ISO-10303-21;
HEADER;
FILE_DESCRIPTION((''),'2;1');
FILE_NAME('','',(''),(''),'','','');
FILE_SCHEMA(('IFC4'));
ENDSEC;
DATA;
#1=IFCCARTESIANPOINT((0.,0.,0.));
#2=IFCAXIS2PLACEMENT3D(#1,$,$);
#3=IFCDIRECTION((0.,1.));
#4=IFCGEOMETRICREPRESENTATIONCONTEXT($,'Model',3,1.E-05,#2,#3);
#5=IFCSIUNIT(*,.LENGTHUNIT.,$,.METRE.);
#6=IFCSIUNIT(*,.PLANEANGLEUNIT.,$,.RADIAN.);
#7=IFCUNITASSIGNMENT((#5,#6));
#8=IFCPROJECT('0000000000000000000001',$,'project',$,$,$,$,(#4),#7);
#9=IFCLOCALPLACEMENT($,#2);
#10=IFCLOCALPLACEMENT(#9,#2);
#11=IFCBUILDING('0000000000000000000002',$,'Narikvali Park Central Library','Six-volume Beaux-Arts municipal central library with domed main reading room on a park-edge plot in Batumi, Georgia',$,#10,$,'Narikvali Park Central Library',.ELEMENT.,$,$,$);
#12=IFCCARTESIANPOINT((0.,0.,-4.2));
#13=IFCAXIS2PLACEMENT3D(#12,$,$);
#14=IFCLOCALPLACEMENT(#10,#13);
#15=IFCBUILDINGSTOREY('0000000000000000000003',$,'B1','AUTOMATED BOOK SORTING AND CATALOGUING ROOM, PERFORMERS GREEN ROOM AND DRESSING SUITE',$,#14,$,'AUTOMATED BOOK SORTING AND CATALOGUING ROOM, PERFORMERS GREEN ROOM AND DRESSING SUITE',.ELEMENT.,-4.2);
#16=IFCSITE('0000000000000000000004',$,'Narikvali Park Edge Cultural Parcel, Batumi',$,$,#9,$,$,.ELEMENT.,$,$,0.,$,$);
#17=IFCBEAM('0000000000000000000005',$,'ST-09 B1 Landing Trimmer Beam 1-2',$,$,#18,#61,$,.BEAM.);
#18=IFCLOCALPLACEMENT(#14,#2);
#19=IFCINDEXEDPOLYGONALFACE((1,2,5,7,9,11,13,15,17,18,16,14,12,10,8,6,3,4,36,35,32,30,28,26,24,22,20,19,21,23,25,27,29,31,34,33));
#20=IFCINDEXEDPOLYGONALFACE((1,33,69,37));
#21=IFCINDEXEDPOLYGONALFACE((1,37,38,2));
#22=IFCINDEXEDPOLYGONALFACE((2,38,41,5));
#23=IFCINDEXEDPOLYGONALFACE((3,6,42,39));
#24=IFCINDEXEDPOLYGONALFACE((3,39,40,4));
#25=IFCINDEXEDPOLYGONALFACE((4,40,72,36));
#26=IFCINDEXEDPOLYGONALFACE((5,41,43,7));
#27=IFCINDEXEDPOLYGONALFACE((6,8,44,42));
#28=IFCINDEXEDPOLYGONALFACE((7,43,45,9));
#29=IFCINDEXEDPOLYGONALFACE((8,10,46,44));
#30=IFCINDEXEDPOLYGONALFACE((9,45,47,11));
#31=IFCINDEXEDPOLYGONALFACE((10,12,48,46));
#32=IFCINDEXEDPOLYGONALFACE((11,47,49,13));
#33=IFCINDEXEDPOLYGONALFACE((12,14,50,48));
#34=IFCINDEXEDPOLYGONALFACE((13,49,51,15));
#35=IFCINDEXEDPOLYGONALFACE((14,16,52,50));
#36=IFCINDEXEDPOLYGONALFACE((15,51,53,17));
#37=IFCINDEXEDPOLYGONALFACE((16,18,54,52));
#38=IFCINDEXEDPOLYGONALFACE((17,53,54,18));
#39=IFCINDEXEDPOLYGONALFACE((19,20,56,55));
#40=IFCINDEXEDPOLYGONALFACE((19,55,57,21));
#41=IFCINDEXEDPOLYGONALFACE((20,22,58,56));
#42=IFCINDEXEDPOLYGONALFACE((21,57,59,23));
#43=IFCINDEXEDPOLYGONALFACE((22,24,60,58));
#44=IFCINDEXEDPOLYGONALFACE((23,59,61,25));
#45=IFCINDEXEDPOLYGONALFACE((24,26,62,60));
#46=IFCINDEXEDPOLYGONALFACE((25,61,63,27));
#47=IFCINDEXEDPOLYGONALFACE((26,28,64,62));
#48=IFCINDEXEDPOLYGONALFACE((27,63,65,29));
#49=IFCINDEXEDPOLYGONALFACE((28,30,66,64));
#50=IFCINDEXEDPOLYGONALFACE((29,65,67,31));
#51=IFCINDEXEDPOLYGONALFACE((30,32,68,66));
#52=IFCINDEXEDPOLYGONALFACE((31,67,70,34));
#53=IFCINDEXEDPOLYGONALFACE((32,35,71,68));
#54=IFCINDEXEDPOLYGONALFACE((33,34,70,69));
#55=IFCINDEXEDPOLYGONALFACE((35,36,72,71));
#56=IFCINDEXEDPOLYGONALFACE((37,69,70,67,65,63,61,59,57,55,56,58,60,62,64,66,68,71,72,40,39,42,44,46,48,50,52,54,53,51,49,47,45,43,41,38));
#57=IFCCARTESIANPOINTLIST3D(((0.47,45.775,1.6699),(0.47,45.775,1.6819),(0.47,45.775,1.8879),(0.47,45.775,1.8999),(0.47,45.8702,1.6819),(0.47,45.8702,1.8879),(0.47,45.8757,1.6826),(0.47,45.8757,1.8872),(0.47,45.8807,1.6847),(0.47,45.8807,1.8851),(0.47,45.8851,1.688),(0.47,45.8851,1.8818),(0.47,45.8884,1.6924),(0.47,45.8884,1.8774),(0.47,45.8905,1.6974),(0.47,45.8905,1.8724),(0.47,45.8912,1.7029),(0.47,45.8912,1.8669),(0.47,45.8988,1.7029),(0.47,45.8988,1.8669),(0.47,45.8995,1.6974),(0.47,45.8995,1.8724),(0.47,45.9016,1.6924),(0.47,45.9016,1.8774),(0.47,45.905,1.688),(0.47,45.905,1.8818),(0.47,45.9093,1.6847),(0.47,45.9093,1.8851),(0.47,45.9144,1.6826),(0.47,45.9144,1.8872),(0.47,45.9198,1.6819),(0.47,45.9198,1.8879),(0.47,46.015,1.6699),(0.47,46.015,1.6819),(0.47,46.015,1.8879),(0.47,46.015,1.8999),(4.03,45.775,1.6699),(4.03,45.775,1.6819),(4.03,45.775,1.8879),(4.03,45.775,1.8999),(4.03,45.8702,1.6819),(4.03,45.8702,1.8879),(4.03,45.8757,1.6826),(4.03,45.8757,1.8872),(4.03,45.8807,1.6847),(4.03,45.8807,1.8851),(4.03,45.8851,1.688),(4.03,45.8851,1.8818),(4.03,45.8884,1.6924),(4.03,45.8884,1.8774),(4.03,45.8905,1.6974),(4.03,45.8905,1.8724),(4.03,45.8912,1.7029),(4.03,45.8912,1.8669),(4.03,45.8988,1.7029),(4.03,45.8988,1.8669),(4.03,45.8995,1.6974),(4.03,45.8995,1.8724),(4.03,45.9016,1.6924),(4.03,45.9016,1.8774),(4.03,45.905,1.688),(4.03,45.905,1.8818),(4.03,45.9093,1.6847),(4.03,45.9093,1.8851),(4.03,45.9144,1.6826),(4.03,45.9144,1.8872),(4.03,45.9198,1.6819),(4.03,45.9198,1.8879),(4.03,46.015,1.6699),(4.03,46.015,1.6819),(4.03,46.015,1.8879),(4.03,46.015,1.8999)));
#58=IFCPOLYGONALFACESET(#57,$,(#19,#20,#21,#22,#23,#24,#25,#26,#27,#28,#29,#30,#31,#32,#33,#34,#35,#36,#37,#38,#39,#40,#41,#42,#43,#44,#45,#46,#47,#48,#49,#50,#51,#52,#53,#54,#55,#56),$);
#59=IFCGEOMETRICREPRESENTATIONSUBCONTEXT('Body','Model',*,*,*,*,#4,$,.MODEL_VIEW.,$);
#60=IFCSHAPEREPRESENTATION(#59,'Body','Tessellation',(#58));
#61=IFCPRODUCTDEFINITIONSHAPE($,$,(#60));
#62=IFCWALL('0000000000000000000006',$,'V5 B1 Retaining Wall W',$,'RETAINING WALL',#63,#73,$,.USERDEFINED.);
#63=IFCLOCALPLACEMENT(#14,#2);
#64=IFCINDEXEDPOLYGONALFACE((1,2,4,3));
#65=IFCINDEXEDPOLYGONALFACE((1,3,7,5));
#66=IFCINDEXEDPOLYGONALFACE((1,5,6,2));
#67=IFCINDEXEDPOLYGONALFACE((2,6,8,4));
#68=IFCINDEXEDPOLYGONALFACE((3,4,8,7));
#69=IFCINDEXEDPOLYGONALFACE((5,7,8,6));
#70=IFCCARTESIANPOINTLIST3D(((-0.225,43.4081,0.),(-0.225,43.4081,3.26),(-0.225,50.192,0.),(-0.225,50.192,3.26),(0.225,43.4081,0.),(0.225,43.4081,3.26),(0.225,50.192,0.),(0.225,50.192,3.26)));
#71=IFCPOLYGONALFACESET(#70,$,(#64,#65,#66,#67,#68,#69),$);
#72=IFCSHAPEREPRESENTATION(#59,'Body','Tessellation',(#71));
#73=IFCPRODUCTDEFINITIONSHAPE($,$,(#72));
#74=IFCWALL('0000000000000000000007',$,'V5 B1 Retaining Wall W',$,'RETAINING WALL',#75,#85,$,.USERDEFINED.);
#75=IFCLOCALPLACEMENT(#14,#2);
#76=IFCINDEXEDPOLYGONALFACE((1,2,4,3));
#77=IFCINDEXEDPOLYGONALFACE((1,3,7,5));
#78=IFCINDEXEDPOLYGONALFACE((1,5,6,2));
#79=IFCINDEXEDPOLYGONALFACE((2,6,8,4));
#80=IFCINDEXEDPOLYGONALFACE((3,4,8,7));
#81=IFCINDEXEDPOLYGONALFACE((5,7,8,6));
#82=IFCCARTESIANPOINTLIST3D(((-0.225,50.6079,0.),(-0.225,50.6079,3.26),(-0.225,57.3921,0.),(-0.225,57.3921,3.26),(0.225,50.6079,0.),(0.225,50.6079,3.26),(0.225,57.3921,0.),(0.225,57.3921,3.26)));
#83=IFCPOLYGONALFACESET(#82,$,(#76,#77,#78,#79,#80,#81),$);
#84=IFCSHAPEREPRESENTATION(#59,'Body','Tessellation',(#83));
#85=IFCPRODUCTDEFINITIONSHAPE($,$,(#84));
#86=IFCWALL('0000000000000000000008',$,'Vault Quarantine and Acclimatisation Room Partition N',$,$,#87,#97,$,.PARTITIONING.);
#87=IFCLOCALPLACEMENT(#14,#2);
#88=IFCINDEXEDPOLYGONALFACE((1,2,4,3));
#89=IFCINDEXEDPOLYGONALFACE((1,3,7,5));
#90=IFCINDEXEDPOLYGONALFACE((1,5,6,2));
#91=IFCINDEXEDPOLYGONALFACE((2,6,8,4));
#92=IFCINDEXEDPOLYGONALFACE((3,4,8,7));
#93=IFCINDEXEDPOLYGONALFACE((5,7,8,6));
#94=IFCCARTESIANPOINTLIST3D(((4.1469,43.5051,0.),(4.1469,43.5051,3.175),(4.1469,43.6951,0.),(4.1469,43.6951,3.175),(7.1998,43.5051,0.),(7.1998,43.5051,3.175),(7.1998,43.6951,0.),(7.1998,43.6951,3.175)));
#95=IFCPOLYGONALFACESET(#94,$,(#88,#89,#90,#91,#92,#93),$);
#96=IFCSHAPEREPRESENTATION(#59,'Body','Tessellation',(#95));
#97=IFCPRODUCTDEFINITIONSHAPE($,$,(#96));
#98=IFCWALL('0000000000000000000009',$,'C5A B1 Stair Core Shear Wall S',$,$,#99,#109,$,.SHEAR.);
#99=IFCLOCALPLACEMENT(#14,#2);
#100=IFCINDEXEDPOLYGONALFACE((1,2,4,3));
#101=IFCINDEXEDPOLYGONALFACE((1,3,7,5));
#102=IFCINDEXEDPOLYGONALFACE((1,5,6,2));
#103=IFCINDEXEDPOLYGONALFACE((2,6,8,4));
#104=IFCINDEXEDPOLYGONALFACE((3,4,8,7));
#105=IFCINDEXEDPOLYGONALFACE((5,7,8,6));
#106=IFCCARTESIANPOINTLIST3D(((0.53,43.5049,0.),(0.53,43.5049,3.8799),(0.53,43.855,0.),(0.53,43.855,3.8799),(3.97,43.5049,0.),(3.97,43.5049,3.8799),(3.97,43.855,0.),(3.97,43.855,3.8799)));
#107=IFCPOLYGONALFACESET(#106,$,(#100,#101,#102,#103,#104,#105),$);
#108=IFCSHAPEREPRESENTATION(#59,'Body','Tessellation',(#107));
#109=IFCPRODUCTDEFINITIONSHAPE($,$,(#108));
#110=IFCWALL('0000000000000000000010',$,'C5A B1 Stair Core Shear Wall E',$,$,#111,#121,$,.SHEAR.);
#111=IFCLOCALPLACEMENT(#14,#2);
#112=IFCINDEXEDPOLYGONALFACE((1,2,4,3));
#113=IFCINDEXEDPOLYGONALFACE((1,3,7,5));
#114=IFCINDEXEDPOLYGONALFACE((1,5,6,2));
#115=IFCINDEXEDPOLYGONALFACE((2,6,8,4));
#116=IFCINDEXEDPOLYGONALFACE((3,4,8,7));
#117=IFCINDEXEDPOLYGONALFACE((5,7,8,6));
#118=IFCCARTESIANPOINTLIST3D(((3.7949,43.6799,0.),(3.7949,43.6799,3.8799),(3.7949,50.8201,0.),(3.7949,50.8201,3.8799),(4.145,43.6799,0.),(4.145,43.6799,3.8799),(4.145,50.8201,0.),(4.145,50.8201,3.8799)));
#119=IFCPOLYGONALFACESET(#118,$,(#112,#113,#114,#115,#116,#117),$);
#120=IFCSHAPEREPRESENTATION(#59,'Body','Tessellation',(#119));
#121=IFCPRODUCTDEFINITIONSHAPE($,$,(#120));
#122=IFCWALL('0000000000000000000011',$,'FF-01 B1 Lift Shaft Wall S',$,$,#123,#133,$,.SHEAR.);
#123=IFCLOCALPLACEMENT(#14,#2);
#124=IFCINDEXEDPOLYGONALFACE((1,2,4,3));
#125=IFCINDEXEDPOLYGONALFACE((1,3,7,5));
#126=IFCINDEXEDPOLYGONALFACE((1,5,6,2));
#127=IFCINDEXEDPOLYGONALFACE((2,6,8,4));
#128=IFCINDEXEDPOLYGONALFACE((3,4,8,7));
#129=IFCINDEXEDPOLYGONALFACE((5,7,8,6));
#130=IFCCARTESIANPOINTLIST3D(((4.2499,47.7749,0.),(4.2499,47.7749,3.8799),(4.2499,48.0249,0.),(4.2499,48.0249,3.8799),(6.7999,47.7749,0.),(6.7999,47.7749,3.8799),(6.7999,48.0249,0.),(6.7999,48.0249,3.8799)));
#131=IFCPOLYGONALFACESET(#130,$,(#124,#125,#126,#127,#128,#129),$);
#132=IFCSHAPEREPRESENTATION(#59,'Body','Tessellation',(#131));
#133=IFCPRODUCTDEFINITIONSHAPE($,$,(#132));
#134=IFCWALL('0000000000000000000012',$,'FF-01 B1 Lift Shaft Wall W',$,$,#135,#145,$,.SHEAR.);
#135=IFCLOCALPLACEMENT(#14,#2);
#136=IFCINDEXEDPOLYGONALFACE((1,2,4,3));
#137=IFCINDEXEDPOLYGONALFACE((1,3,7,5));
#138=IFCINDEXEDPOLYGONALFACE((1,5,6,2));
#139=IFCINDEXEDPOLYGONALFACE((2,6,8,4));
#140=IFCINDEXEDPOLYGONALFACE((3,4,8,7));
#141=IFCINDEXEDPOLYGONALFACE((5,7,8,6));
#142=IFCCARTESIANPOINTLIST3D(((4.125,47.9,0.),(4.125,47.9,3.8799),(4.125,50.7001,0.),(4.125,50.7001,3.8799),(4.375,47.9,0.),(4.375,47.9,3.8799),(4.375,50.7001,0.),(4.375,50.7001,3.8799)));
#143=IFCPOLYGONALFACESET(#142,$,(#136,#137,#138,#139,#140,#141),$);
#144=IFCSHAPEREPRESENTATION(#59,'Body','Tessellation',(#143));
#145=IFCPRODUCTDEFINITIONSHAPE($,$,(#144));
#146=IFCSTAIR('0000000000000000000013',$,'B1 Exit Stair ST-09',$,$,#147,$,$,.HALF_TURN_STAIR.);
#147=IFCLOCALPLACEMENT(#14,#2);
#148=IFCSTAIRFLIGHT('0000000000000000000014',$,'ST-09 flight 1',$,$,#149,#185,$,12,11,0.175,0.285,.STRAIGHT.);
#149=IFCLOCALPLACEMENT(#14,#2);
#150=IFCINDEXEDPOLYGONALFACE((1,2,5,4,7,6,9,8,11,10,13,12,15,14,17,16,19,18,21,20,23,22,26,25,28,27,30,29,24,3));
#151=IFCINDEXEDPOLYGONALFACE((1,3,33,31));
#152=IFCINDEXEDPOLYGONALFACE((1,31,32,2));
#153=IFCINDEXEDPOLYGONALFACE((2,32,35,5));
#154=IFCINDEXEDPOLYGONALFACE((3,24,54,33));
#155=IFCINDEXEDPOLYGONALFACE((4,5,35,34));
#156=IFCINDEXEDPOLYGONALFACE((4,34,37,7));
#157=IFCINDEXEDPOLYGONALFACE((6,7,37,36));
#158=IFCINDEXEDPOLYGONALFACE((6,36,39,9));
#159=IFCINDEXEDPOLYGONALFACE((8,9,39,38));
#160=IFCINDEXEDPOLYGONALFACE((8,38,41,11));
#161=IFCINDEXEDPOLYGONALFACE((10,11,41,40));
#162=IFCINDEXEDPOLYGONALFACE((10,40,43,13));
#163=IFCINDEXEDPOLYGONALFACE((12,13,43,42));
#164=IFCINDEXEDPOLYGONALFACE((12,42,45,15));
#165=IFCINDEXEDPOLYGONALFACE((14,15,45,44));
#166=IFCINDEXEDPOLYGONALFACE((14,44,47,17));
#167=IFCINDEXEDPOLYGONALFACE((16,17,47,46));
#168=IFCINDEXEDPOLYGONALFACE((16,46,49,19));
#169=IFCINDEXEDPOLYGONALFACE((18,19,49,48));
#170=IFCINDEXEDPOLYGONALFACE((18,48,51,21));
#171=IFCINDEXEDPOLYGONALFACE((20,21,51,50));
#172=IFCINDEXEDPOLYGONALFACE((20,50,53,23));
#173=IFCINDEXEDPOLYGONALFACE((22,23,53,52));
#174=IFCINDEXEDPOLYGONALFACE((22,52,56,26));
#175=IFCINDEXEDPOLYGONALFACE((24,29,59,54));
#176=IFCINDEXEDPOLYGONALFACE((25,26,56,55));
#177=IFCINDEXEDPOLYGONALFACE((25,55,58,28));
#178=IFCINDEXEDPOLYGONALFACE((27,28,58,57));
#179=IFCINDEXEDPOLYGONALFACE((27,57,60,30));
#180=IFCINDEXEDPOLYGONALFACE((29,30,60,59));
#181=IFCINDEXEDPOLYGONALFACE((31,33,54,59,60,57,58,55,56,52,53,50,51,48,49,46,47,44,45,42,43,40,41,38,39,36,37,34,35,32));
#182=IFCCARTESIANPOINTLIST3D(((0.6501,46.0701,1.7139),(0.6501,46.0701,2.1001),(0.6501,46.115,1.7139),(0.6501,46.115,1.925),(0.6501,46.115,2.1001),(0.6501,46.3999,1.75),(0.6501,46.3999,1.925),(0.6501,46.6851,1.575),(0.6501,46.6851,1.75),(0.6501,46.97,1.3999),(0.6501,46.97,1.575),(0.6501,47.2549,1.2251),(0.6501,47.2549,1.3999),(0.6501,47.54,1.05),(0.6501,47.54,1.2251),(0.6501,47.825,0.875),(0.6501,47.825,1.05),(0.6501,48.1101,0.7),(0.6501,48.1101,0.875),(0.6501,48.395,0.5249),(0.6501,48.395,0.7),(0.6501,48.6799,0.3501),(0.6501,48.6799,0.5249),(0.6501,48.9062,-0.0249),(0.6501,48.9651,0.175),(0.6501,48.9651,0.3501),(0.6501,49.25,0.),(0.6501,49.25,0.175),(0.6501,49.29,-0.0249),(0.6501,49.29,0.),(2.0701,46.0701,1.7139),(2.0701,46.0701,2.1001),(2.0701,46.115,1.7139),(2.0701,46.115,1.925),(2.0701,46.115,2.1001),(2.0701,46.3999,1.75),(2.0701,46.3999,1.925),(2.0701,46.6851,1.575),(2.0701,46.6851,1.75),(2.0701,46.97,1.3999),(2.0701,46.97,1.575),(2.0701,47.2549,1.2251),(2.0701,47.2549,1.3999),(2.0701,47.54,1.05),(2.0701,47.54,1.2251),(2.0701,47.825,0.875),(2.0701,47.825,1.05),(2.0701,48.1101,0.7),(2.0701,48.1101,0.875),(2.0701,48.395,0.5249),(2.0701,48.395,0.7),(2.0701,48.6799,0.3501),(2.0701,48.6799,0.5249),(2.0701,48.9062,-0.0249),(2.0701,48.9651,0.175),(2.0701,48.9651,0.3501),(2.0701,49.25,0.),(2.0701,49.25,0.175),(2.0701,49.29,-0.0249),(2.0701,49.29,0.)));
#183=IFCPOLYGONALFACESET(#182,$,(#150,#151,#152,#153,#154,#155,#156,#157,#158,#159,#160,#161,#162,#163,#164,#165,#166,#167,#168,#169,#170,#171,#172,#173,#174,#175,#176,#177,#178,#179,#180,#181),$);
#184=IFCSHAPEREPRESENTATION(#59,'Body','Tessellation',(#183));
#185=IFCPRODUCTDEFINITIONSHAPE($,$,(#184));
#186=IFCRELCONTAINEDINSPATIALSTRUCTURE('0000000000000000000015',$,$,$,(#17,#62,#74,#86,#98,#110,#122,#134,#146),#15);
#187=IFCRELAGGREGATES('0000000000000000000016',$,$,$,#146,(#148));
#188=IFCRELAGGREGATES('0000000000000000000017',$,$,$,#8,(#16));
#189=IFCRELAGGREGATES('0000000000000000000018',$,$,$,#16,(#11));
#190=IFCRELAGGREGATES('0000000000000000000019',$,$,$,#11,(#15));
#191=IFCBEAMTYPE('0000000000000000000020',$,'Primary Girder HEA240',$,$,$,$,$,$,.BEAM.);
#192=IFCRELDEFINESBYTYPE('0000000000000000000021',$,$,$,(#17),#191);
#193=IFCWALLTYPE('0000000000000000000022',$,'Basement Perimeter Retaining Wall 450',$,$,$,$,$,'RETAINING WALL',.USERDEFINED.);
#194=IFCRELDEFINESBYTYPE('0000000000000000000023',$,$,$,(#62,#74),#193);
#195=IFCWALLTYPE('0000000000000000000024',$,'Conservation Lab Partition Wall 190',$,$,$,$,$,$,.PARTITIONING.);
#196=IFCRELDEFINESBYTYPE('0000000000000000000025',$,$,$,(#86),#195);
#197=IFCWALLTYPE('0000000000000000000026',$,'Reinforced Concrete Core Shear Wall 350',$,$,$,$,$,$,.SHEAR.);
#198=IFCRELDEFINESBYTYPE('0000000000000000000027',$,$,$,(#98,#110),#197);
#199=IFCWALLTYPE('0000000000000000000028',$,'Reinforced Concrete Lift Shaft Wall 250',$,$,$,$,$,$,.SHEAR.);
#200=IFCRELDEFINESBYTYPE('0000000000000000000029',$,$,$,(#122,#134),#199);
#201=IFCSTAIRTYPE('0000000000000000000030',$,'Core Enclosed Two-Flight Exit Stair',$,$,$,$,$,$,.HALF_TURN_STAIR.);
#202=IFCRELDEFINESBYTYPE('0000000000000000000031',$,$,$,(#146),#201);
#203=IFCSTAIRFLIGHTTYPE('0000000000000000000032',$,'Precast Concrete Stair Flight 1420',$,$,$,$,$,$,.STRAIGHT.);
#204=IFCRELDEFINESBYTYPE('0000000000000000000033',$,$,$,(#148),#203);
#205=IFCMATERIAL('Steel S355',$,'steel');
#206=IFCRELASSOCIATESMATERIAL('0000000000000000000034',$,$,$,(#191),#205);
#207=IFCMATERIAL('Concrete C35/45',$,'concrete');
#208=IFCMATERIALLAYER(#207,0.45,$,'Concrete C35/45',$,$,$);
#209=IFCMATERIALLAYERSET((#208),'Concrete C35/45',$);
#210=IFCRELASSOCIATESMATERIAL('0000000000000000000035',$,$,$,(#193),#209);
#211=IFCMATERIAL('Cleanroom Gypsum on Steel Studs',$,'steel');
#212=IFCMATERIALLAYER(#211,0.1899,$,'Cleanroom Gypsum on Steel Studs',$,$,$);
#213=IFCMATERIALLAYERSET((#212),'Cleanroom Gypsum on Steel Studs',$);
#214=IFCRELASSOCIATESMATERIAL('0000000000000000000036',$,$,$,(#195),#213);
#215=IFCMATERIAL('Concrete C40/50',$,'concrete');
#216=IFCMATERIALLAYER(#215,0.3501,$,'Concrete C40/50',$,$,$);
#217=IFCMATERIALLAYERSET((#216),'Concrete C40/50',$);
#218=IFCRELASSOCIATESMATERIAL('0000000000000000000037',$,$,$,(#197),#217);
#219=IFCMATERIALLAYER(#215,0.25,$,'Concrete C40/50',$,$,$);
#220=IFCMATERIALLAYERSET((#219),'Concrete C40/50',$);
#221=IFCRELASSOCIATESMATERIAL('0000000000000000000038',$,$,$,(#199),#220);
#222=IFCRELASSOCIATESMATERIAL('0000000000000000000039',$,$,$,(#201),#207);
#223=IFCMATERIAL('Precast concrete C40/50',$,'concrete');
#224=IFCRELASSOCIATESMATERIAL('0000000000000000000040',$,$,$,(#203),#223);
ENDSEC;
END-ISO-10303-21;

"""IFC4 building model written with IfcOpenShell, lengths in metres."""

from ifc_helpers import new_model, si_unit, direction, frame, frame_2d, origin, origin_2d, place, context, subcontext, project, spatial, polyline, rectangle, i_section, outline, extrude, material, layer, layer_set, material_profile, profile_set, type_object, element, aggregate, save


model = new_model("IFC4")

# Units and contexts
model_context = context("Model", 3, precision=1e-05, world=origin(), true_north=direction((0.0, 1.0)))
body_context = subcontext(model_context, "Body", "Model", "MODEL_VIEW")
ifc_project = project(units=[si_unit("LENGTHUNIT", "METRE"), si_unit("PLANEANGLEUNIT", "RADIAN")], contexts=[model_context])

# Site, building, storey
site_placement = place(None, origin())
site = spatial("IfcSite", under=ifc_project, at=site_placement, Name="Narikvali Park Edge Cultural Parcel, Batumi", CompositionType="ELEMENT", RefElevation=0.0)
building_placement = place(site_placement, origin())
building = spatial("IfcBuilding", under=site, at=building_placement, Name="Narikvali Park Central Library", Description="Six-volume Beaux-Arts municipal central library with domed main reading room on a park-edge plot in Batumi, Georgia", LongName="Narikvali Park Central Library", CompositionType="ELEMENT")
storey_placement = place(building_placement, frame((0.0, 0.0, -4.2)))
storey = spatial("IfcBuildingStorey", under=building, at=storey_placement, Name="B1", Description="AUTOMATED BOOK SORTING AND CATALOGUING ROOM, PERFORMERS GREEN ROOM AND DRESSING SUITE", LongName="AUTOMATED BOOK SORTING AND CATALOGUING ROOM, PERFORMERS GREEN ROOM AND DRESSING SUITE", CompositionType="ELEMENT", Elevation=-4.2)

# Shared definitions
ifc_material_1 = material(Name="Concrete C35/45", Category="concrete")

# Shared definitions
ifc_material_2 = material(Name="Steel S355", Category="steel")

# Beam
ifc_material_profile_1 = material_profile(ifc_material_2, i_section(OverallWidth=0.24, OverallDepth=0.23, WebThickness=0.0076, FlangeThickness=0.012, FilletRadius=0.021, at=origin_2d()), Name="HEA 240")
ifc_profile_set_1 = profile_set([ifc_material_profile_1], Name="Steel S355")
beam_type = type_object("IfcBeamType", Name="Primary Girder HEA240", PredefinedType="BEAM", material=ifc_profile_set_1)
for number, where, z_axis, x_axis, name in (
    (1, (0.47, 45.895, 1.7849), (1.0, 0.0, 0.0), (0.0, 1.0, 0.0), "ST-09 B1 Landing Trimmer Beam 1-2"),
):
    element("IfcBeam", number, at=place(storey_placement, frame(where, z_axis=z_axis, x_axis=x_axis)), inside=storey, type_object=beam_type, Name=name, PredefinedType="BEAM", context=body_context, shape_type="SweptSolid", body=[
        extrude(i_section(OverallWidth=0.24, OverallDepth=0.23, WebThickness=0.0076, FlangeThickness=0.012, FilletRadius=0.021, at=origin_2d()), origin(), (0.0, 0.0, 1.0), 3.5601),
    ])

# Walls
ifc_layer_1 = layer(ifc_material_1, 0.45, Name="Concrete C35/45")
ifc_layer_set_1 = layer_set([ifc_layer_1], Name="Concrete C35/45")
wall_type_1 = type_object("IfcWallType", Name="Basement Perimeter Retaining Wall 450", ElementType="RETAINING WALL", PredefinedType="USERDEFINED", material=ifc_layer_set_1)
wall_1_placement = place(storey_placement, frame((0.0, 43.408, 0.0), z_axis=(0.0, 0.0, 1.0), x_axis=(0.0, 1.0, 0.0)))
element("IfcWall", 2, at=wall_1_placement, inside=storey, type_object=wall_type_1, Name="V5 B1 Retaining Wall W", ObjectType="RETAINING WALL", PredefinedType="USERDEFINED", context=body_context, shape_type="SweptSolid", body=[
    extrude(rectangle(XDim=6.7839, YDim=0.45, at=frame_2d((3.3921, 0.0))), origin(), (0.0, 0.0, 1.0), 3.26),
])
wall_2_placement = place(storey_placement, frame((0.0, 50.6079, 0.0), z_axis=(0.0, 0.0, 1.0), x_axis=(0.0, 1.0, 0.0)))
element("IfcWall", 3, at=wall_2_placement, inside=storey, type_object=wall_type_1, Name="V5 B1 Retaining Wall W", ObjectType="RETAINING WALL", PredefinedType="USERDEFINED", context=body_context, shape_type="SweptSolid", body=[
    extrude(rectangle(XDim=6.7842, YDim=0.45, at=frame_2d((3.3921, 0.0))), origin(), (0.0, 0.0, 1.0), 3.26),
])
ifc_material_3 = material(Name="Cleanroom Gypsum on Steel Studs", Category="steel")
ifc_layer_2 = layer(ifc_material_3, 0.1899, Name="Cleanroom Gypsum on Steel Studs")
ifc_layer_set_2 = layer_set([ifc_layer_2], Name="Cleanroom Gypsum on Steel Studs")
wall_type_2 = type_object("IfcWallType", Name="Conservation Lab Partition Wall 190", PredefinedType="PARTITIONING", material=ifc_layer_set_2)
wall_3_placement = place(storey_placement, frame((4.147, 43.6001, 0.0), z_axis=(0.0, 0.0, 1.0), x_axis=(1.0, 0.0, 0.0)))
element("IfcWall", 4, at=wall_3_placement, inside=storey, type_object=wall_type_2, Name="Vault Quarantine and Acclimatisation Room Partition N", PredefinedType="PARTITIONING", context=body_context, shape_type="SweptSolid", body=[
    extrude(rectangle(XDim=3.053, YDim=0.1899, at=frame_2d((1.5264, 0.0))), origin(), (0.0, 0.0, 1.0), 3.175),
])
ifc_material_4 = material(Name="Concrete C40/50", Category="concrete")
ifc_layer_3 = layer(ifc_material_4, 0.3501, Name="Concrete C40/50")
ifc_layer_set_3 = layer_set([ifc_layer_3], Name="Concrete C40/50")
wall_type_3 = type_object("IfcWallType", Name="Reinforced Concrete Core Shear Wall 350", PredefinedType="SHEAR", material=ifc_layer_set_3)
wall_4_placement = place(storey_placement, frame((0.53, 43.6799, 0.0), z_axis=(0.0, 0.0, 1.0), x_axis=(1.0, 0.0, 0.0)))
element("IfcWall", 5, at=wall_4_placement, inside=storey, type_object=wall_type_3, Name="C5A B1 Stair Core Shear Wall S", PredefinedType="SHEAR", context=body_context, shape_type="SweptSolid", body=[
    extrude(rectangle(XDim=3.4399, YDim=0.3501, at=frame_2d((1.72, 0.0))), origin(), (0.0, 0.0, 1.0), 3.8799),
])
wall_5_placement = place(storey_placement, frame((3.97, 43.6799, 0.0), z_axis=(0.0, 0.0, 1.0), x_axis=(0.0, 1.0, 0.0)))
element("IfcWall", 6, at=wall_5_placement, inside=storey, type_object=wall_type_3, Name="C5A B1 Stair Core Shear Wall E", PredefinedType="SHEAR", context=body_context, shape_type="SweptSolid", body=[
    extrude(rectangle(XDim=7.1401, YDim=0.3501, at=frame_2d((3.5701, 0.0))), origin(), (0.0, 0.0, 1.0), 3.8799),
])
ifc_layer_4 = layer(ifc_material_4, 0.25, Name="Concrete C40/50")
ifc_layer_set_4 = layer_set([ifc_layer_4], Name="Concrete C40/50")
wall_type_4 = type_object("IfcWallType", Name="Reinforced Concrete Lift Shaft Wall 250", PredefinedType="SHEAR", material=ifc_layer_set_4)
wall_6_placement = place(storey_placement, frame((4.25, 47.8999, 0.0), z_axis=(0.0, 0.0, 1.0), x_axis=(1.0, 0.0, 0.0)))
element("IfcWall", 7, at=wall_6_placement, inside=storey, type_object=wall_type_4, Name="FF-01 B1 Lift Shaft Wall S", PredefinedType="SHEAR", context=body_context, shape_type="SweptSolid", body=[
    extrude(rectangle(XDim=2.55, YDim=0.25, at=frame_2d((1.2749, 0.0))), origin(), (0.0, 0.0, 1.0), 3.8799),
])
wall_7_placement = place(storey_placement, frame((4.25, 50.7, 0.0), z_axis=(0.0, 0.0, 1.0), x_axis=(0.0, -1.0, 0.0)))
element("IfcWall", 8, at=wall_7_placement, inside=storey, type_object=wall_type_4, Name="FF-01 B1 Lift Shaft Wall W", PredefinedType="SHEAR", context=body_context, shape_type="SweptSolid", body=[
    extrude(rectangle(XDim=2.8, YDim=0.25, at=frame_2d((1.3999, 0.0))), origin(), (0.0, 0.0, 1.0), 3.8799),
])

# Stair, stair flight
stair_type = type_object("IfcStairType", Name="Core Enclosed Two-Flight Exit Stair", PredefinedType="HALF_TURN_STAIR", material=ifc_material_1)
stair_placement = place(storey_placement, origin())
stair = element("IfcStair", 9, at=stair_placement, inside=storey, type_object=stair_type, Name="B1 Exit Stair ST-09", PredefinedType="HALF_TURN_STAIR")
ifc_material_5 = material(Name="Precast concrete C40/50", Category="concrete")
stair_flight_type = type_object("IfcStairFlightType", Name="Precast Concrete Stair Flight 1420", PredefinedType="STRAIGHT", material=ifc_material_5)
stair_flight_1_placement = place(storey_placement, frame((1.3601, 49.25, 0.0), z_axis=(0.0, 0.0, 1.0), x_axis=(0.0, -1.0, 0.0)))
stair_flight_1 = element("IfcStairFlight", 10, at=stair_flight_1_placement, type_object=stair_flight_type, Name="ST-09 flight 1", NumberOfRisers=12, NumberOfTreads=11, PredefinedType="STRAIGHT", RiserHeight=0.175, TreadLength=0.285, context=body_context, shape_type="SweptSolid", body=[
    extrude(outline(polyline([(-0.04, -0.0249), (-0.04, 0.0), (0.0, 0.0), (0.0, 0.175), (0.2849, 0.175), (0.2849, 0.3501), (0.5701, 0.3501), (0.5701, 0.5249), (0.855, 0.5249), (0.855, 0.7), (1.1399, 0.7), (1.1399, 0.875), (1.425, 0.875), (1.425, 1.05), (1.71, 1.05), (1.71, 1.2251), (1.9951, 1.2251), (1.9951, 1.3999), (2.28, 1.3999), (2.28, 1.575), (2.5649, 1.575), (2.5649, 1.75), (2.8501, 1.75), (2.8501, 1.925), (3.135, 1.925), (3.135, 2.1001), (3.1799, 2.1001), (3.1799, 1.7139), (3.135, 1.7139), (0.3438, -0.0249), (-0.04, -0.0249)])), frame((0.0, 0.71, 0.0), z_axis=(0.0, -1.0, 0.0), x_axis=(1.0, 0.0, 0.0)), (0.0, 0.0, 1.0), 1.4199),
])
aggregate(stair, [stair_flight_1])

save(model, "model.ifc")
